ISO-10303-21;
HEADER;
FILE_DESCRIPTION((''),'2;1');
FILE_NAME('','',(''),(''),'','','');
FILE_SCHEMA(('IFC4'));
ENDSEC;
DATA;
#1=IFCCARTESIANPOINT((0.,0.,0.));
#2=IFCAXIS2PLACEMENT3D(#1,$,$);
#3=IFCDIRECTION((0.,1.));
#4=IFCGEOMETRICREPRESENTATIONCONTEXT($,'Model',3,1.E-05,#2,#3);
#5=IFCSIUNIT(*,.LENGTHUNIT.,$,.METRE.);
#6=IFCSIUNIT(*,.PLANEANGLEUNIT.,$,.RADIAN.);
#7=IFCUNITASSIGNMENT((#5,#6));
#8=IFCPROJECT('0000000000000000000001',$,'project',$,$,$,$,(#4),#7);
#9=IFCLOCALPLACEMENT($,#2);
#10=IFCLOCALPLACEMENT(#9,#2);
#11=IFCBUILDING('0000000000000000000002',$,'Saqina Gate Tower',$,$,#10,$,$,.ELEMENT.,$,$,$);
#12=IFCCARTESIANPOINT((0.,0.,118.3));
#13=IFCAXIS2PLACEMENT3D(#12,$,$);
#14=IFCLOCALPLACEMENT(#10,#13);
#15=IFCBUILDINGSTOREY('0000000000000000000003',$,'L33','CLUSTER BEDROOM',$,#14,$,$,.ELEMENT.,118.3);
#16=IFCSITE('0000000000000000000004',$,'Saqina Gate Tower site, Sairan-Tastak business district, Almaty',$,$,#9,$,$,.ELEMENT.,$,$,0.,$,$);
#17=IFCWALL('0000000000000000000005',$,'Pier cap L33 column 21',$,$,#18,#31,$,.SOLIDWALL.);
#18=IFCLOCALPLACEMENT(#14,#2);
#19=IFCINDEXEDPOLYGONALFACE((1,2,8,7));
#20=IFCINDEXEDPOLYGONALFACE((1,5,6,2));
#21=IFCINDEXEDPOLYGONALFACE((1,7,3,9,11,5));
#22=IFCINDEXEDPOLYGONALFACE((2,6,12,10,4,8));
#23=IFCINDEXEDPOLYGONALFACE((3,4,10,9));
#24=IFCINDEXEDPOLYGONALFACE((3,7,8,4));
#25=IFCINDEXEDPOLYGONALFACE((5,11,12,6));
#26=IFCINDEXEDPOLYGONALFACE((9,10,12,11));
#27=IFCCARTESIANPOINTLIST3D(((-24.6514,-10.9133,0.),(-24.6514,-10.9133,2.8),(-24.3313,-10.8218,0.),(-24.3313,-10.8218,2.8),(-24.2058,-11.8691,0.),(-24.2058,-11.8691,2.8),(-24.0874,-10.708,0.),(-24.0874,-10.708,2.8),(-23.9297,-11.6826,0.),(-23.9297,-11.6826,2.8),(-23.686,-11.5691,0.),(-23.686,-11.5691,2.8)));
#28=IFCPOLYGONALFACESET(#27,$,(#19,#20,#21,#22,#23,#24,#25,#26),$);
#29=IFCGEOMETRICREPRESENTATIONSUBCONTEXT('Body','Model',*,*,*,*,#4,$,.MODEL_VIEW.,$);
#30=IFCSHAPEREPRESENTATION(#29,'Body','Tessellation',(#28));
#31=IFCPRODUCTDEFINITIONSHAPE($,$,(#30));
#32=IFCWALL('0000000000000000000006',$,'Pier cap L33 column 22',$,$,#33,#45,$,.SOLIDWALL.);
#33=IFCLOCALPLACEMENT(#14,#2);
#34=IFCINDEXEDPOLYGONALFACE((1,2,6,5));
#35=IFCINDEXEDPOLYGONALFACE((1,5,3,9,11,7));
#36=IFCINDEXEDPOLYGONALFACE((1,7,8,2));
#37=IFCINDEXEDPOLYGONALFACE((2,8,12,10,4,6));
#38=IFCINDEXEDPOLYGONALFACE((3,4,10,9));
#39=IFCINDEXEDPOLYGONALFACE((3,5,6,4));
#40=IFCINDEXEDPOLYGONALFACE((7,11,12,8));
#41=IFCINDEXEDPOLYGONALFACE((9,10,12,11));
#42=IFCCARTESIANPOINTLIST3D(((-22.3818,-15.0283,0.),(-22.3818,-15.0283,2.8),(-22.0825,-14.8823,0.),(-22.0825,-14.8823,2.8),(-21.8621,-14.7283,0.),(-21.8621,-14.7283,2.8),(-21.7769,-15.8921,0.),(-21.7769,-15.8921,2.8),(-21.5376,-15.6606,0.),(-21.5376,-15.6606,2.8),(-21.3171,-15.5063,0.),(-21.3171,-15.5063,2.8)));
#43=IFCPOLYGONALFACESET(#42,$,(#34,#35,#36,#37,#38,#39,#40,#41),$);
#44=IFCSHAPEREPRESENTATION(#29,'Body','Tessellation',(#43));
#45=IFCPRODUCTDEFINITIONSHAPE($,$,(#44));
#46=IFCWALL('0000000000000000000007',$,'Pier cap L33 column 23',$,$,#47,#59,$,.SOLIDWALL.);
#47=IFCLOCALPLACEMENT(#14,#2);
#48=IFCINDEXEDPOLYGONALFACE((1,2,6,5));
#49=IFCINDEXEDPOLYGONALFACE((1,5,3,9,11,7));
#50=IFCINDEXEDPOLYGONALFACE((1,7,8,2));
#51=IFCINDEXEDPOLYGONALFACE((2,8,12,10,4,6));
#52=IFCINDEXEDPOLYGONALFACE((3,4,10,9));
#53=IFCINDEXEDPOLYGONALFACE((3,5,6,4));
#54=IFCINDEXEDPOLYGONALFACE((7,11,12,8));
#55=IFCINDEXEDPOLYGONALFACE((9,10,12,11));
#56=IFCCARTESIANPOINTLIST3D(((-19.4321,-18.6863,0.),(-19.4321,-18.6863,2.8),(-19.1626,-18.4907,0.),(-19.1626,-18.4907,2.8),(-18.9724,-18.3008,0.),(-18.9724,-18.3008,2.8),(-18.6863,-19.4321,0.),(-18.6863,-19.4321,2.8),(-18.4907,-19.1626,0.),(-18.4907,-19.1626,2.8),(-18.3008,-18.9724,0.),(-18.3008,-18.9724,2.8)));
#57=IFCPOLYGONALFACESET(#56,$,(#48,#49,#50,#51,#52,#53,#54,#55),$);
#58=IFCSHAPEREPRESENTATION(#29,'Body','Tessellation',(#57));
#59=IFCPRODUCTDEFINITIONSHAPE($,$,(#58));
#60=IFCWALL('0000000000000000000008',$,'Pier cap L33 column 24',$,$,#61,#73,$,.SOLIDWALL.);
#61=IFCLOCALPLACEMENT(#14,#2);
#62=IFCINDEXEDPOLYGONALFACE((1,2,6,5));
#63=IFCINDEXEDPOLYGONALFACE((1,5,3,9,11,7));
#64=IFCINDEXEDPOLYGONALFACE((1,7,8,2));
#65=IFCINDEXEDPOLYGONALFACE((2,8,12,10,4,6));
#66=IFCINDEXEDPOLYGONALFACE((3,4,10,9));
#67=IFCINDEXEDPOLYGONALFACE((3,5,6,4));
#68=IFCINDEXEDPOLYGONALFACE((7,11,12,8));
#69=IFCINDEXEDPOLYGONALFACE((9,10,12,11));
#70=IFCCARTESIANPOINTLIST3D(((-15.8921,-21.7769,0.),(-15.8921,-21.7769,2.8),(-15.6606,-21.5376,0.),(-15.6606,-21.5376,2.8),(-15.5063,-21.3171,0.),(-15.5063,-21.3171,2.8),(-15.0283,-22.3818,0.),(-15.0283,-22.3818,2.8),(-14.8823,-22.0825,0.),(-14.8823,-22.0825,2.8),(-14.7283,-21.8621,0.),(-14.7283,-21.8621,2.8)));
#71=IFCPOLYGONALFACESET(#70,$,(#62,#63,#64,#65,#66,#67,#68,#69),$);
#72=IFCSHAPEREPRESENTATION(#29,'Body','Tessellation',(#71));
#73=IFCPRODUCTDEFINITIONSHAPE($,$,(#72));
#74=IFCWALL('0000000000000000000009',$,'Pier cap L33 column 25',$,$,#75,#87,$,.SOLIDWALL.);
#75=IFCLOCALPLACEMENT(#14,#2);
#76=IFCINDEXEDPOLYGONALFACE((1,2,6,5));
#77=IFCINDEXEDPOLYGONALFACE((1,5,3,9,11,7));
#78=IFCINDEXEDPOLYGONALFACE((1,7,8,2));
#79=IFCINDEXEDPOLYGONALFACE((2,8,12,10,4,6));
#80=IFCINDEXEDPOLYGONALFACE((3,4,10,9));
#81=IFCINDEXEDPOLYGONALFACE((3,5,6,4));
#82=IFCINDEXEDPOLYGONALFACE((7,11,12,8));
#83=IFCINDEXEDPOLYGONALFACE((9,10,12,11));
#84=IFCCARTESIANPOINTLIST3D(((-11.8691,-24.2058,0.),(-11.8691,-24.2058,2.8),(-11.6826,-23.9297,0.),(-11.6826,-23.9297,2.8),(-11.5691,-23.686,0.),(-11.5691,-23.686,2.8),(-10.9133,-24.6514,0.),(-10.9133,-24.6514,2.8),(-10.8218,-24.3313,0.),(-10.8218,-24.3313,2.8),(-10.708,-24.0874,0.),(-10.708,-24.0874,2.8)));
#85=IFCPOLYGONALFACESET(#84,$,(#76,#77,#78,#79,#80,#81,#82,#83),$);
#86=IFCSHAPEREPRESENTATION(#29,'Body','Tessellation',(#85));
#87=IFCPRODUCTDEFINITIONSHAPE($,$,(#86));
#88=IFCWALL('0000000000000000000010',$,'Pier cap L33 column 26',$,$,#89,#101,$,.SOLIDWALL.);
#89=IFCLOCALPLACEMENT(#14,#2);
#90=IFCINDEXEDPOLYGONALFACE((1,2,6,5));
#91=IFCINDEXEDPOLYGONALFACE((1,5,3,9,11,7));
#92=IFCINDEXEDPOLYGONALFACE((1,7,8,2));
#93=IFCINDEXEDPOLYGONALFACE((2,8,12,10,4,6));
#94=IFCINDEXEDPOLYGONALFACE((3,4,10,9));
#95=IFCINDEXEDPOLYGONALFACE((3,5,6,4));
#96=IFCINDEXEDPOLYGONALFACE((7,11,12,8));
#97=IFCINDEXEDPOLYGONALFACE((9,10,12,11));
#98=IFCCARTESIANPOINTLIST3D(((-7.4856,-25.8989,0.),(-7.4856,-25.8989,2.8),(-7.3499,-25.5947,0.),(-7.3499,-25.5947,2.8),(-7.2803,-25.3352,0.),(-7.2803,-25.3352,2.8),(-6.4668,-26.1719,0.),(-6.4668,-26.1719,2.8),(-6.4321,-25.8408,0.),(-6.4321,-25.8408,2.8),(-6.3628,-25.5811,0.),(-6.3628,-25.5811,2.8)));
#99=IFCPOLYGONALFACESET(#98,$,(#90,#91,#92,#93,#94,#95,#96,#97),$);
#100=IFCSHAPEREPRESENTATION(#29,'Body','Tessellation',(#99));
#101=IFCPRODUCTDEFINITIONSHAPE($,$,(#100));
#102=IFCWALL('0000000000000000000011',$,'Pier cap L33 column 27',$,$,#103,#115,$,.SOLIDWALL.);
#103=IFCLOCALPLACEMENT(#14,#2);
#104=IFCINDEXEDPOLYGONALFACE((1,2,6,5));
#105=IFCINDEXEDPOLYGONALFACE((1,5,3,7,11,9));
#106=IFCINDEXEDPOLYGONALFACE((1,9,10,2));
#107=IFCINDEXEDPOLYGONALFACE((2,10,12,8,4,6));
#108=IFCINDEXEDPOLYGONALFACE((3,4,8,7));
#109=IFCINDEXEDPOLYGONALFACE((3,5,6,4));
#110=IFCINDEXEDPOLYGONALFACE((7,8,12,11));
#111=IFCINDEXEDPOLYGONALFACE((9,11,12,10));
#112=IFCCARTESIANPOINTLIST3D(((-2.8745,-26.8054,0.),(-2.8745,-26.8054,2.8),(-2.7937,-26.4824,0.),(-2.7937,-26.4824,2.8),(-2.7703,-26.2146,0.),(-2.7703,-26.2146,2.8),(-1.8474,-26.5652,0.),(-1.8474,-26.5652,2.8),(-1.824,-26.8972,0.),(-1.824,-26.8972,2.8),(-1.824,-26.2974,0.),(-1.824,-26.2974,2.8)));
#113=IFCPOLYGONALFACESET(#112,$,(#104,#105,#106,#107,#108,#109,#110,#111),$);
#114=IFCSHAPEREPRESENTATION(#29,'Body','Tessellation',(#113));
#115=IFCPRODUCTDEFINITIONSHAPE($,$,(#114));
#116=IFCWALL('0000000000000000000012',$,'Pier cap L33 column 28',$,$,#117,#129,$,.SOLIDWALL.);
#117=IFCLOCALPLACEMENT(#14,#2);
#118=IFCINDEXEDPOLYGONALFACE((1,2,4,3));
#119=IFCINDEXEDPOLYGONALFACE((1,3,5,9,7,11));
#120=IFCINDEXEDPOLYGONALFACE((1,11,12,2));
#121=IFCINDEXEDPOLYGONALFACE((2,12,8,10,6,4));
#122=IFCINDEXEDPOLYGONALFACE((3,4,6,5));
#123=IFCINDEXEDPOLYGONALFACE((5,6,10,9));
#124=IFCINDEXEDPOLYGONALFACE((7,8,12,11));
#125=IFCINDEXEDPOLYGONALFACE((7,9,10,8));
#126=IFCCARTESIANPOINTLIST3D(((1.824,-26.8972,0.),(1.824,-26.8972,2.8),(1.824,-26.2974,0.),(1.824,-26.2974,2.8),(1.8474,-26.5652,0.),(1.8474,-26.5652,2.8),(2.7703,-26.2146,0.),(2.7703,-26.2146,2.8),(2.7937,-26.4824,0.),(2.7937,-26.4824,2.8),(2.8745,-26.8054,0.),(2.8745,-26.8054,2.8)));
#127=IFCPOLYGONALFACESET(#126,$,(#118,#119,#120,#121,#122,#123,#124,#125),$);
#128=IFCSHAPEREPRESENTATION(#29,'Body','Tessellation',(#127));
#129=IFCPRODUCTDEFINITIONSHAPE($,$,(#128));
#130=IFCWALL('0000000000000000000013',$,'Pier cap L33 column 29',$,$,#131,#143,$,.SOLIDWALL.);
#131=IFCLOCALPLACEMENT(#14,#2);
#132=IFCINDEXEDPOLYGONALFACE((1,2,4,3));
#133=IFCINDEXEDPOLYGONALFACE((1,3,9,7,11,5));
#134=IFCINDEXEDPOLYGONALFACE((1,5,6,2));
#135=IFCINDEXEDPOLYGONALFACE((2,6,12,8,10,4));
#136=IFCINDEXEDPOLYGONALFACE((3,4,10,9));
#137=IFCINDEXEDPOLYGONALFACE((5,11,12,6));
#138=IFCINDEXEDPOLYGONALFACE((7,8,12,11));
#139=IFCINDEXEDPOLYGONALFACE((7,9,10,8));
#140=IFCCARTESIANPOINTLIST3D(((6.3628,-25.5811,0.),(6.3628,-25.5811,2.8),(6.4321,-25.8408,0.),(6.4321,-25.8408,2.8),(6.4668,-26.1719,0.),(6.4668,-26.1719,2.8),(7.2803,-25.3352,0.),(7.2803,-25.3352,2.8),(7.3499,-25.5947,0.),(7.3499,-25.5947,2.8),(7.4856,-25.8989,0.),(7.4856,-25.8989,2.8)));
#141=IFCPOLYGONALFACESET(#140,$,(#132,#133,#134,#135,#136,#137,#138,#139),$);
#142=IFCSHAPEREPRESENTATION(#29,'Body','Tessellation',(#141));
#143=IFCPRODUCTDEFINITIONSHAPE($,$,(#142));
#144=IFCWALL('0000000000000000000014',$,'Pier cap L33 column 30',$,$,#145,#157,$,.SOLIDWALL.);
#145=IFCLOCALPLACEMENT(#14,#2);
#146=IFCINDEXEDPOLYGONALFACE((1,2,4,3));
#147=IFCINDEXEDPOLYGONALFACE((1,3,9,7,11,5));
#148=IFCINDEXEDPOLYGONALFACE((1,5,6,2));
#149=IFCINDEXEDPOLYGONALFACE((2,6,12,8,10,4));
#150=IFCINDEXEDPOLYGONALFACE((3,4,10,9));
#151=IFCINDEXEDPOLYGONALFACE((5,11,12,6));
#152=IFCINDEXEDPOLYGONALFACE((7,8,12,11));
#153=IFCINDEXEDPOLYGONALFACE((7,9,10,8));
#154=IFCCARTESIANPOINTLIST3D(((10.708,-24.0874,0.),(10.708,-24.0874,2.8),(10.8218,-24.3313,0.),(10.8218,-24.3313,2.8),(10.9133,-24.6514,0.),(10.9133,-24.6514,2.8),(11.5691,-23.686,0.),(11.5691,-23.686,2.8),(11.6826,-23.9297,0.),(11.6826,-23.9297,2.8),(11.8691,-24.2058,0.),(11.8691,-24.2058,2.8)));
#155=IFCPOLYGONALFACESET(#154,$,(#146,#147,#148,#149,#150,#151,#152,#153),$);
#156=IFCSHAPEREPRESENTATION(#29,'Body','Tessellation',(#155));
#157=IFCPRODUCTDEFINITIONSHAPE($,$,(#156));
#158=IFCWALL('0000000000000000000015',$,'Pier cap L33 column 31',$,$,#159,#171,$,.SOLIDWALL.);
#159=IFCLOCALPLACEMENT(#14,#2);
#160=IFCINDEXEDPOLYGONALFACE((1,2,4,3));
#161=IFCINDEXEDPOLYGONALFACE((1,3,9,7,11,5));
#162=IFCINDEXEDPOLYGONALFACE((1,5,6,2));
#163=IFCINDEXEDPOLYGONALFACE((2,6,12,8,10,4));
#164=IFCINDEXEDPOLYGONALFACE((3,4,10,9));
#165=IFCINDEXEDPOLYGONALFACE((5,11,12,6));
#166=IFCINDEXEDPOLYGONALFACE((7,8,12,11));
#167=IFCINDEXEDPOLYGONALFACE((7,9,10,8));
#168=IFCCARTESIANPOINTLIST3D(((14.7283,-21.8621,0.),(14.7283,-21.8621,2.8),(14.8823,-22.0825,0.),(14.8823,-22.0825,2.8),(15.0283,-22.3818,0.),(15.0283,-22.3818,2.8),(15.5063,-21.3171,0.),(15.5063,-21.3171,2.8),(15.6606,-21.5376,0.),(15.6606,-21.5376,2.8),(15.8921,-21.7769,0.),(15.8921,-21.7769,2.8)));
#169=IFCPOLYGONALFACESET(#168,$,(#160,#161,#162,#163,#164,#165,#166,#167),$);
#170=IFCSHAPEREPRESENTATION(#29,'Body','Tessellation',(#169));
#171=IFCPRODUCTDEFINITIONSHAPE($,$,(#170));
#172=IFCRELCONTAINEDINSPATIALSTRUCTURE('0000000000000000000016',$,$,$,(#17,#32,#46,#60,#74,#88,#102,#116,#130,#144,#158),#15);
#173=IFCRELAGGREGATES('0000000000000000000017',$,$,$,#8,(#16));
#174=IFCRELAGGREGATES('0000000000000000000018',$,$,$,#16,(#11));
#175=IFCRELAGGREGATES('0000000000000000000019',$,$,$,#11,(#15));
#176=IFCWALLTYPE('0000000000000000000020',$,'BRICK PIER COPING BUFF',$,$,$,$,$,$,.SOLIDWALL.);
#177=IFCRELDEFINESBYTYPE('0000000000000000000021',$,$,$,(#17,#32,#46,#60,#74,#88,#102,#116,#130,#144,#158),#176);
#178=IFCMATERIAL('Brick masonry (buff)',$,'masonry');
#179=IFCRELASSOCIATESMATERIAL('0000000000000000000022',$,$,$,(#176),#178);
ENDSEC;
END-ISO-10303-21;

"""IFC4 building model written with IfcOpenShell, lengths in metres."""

from ifc_helpers import new_model, si_unit, direction, frame, origin, place, context, subcontext, project, spatial, polyline, outline, extrude, material, type_object, element, save


model = new_model("IFC4")

# Units and contexts
model_context = context("Model", 3, precision=1e-05, world=origin(), true_north=direction((0.0, 1.0)))
body_context = subcontext(model_context, "Body", "Model", "MODEL_VIEW")
ifc_project = project(units=[si_unit("LENGTHUNIT", "METRE"), si_unit("PLANEANGLEUNIT", "RADIAN")], contexts=[model_context])

# Site, building, storey
site_placement = place(None, origin())
site = spatial("IfcSite", under=ifc_project, at=site_placement, Name="Saqina Gate Tower site, Sairan-Tastak business district, Almaty", CompositionType="ELEMENT", RefElevation=0.0)
building_placement = place(site_placement, origin())
building = spatial("IfcBuilding", under=site, at=building_placement, Name="Saqina Gate Tower", CompositionType="ELEMENT")
storey_placement = place(building_placement, frame((0.0, 0.0, 118.3)))
storey = spatial("IfcBuildingStorey", under=building, at=storey_placement, Name="L33", Description="CLUSTER BEDROOM", CompositionType="ELEMENT", Elevation=118.3)

# Walls
ifc_material = material(Name="Brick masonry (buff)", Category="masonry")
wall_type = type_object("IfcWallType", Name="BRICK PIER COPING BUFF", PredefinedType="SOLIDWALL", material=ifc_material)
wall_1_placement = place(storey_placement, origin())
element("IfcWall", 1, at=wall_1_placement, inside=storey, type_object=wall_type, Name="Pier cap L33 column 21", PredefinedType="SOLIDWALL", context=body_context, shape_type="SweptSolid", body=[
    extrude(outline(polyline([(-24.6514, -10.9133), (-24.2058, -11.8691), (-23.686, -11.5691), (-23.9297, -11.6826), (-24.3313, -10.8218), (-24.0874, -10.708), (-24.6514, -10.9133)])), origin(), (0.0, 0.0, 1.0), 2.8),
])
wall_2_placement = place(storey_placement, origin())
element("IfcWall", 2, at=wall_2_placement, inside=storey, type_object=wall_type, Name="Pier cap L33 column 22", PredefinedType="SOLIDWALL", context=body_context, shape_type="SweptSolid", body=[
    extrude(outline(polyline([(-21.7769, -15.8921), (-21.3171, -15.5063), (-21.5376, -15.6606), (-22.0825, -14.8823), (-21.8621, -14.7283), (-22.3818, -15.0283), (-21.7769, -15.8921)])), origin(), (0.0, 0.0, 1.0), 2.8),
])
wall_3_placement = place(storey_placement, origin())
element("IfcWall", 3, at=wall_3_placement, inside=storey, type_object=wall_type, Name="Pier cap L33 column 23", PredefinedType="SOLIDWALL", context=body_context, shape_type="SweptSolid", body=[
    extrude(outline(polyline([(-19.4321, -18.6863), (-18.6863, -19.4321), (-18.3008, -18.9724), (-18.4907, -19.1626), (-19.1626, -18.4907), (-18.9724, -18.3008), (-19.4321, -18.6863)])), origin(), (0.0, 0.0, 1.0), 2.8),
])
wall_4_placement = place(storey_placement, origin())
element("IfcWall", 4, at=wall_4_placement, inside=storey, type_object=wall_type, Name="Pier cap L33 column 24", PredefinedType="SOLIDWALL", context=body_context, shape_type="SweptSolid", body=[
    extrude(outline(polyline([(-15.0283, -22.3818), (-14.7283, -21.8621), (-14.8823, -22.0825), (-15.6606, -21.5376), (-15.5063, -21.3171), (-15.8921, -21.7769), (-15.0283, -22.3818)])), origin(), (0.0, 0.0, 1.0), 2.8),
])
wall_5_placement = place(storey_placement, origin())
element("IfcWall", 5, at=wall_5_placement, inside=storey, type_object=wall_type, Name="Pier cap L33 column 25", PredefinedType="SOLIDWALL", context=body_context, shape_type="SweptSolid", body=[
    extrude(outline(polyline([(-10.9133, -24.6514), (-10.708, -24.0874), (-10.8218, -24.3313), (-11.6826, -23.9297), (-11.5691, -23.686), (-11.8691, -24.2058), (-10.9133, -24.6514)])), origin(), (0.0, 0.0, 1.0), 2.8),
])
wall_6_placement = place(storey_placement, origin())
element("IfcWall", 6, at=wall_6_placement, inside=storey, type_object=wall_type, Name="Pier cap L33 column 26", PredefinedType="SOLIDWALL", context=body_context, shape_type="SweptSolid", body=[
    extrude(outline(polyline([(-7.4856, -25.8989), (-6.4668, -26.1719), (-6.3628, -25.5811), (-6.4321, -25.8408), (-7.3499, -25.5947), (-7.2803, -25.3352), (-7.4856, -25.8989)])), origin(), (0.0, 0.0, 1.0), 2.8),
])
wall_7_placement = place(storey_placement, origin())
element("IfcWall", 7, at=wall_7_placement, inside=storey, type_object=wall_type, Name="Pier cap L33 column 27", PredefinedType="SOLIDWALL", context=body_context, shape_type="SweptSolid", body=[
    extrude(outline(polyline([(-2.8745, -26.8054), (-1.824, -26.8972), (-1.824, -26.2974), (-1.8474, -26.5652), (-2.7937, -26.4824), (-2.7703, -26.2146), (-2.8745, -26.8054)])), origin(), (0.0, 0.0, 1.0), 2.8),
])
wall_8_placement = place(storey_placement, origin())
element("IfcWall", 8, at=wall_8_placement, inside=storey, type_object=wall_type, Name="Pier cap L33 column 28", PredefinedType="SOLIDWALL", context=body_context, shape_type="SweptSolid", body=[
    extrude(outline(polyline([(2.8745, -26.8054), (2.7703, -26.2146), (2.7937, -26.4824), (1.8474, -26.5652), (1.824, -26.2974), (1.824, -26.8972), (2.8745, -26.8054)])), origin(), (0.0, 0.0, 1.0), 2.8),
])
wall_9_placement = place(storey_placement, origin())
element("IfcWall", 9, at=wall_9_placement, inside=storey, type_object=wall_type, Name="Pier cap L33 column 29", PredefinedType="SOLIDWALL", context=body_context, shape_type="SweptSolid", body=[
    extrude(outline(polyline([(6.4668, -26.1719), (7.4856, -25.8989), (7.2803, -25.3352), (7.3499, -25.5947), (6.4321, -25.8408), (6.3628, -25.5811), (6.4668, -26.1719)])), origin(), (0.0, 0.0, 1.0), 2.8),
])
wall_10_placement = place(storey_placement, origin())
element("IfcWall", 10, at=wall_10_placement, inside=storey, type_object=wall_type, Name="Pier cap L33 column 30", PredefinedType="SOLIDWALL", context=body_context, shape_type="SweptSolid", body=[
    extrude(outline(polyline([(10.9133, -24.6514), (11.8691, -24.2058), (11.5691, -23.686), (11.6826, -23.9297), (10.8218, -24.3313), (10.708, -24.0874), (10.9133, -24.6514)])), origin(), (0.0, 0.0, 1.0), 2.8),
])
wall_11_placement = place(storey_placement, origin())
element("IfcWall", 11, at=wall_11_placement, inside=storey, type_object=wall_type, Name="Pier cap L33 column 31", PredefinedType="SOLIDWALL", context=body_context, shape_type="SweptSolid", body=[
    extrude(outline(polyline([(15.8921, -21.7769), (15.5063, -21.3171), (15.6606, -21.5376), (14.8823, -22.0825), (14.7283, -21.8621), (15.0283, -22.3818), (15.8921, -21.7769)])), origin(), (0.0, 0.0, 1.0), 2.8),
])

save(model, "model.ifc")
